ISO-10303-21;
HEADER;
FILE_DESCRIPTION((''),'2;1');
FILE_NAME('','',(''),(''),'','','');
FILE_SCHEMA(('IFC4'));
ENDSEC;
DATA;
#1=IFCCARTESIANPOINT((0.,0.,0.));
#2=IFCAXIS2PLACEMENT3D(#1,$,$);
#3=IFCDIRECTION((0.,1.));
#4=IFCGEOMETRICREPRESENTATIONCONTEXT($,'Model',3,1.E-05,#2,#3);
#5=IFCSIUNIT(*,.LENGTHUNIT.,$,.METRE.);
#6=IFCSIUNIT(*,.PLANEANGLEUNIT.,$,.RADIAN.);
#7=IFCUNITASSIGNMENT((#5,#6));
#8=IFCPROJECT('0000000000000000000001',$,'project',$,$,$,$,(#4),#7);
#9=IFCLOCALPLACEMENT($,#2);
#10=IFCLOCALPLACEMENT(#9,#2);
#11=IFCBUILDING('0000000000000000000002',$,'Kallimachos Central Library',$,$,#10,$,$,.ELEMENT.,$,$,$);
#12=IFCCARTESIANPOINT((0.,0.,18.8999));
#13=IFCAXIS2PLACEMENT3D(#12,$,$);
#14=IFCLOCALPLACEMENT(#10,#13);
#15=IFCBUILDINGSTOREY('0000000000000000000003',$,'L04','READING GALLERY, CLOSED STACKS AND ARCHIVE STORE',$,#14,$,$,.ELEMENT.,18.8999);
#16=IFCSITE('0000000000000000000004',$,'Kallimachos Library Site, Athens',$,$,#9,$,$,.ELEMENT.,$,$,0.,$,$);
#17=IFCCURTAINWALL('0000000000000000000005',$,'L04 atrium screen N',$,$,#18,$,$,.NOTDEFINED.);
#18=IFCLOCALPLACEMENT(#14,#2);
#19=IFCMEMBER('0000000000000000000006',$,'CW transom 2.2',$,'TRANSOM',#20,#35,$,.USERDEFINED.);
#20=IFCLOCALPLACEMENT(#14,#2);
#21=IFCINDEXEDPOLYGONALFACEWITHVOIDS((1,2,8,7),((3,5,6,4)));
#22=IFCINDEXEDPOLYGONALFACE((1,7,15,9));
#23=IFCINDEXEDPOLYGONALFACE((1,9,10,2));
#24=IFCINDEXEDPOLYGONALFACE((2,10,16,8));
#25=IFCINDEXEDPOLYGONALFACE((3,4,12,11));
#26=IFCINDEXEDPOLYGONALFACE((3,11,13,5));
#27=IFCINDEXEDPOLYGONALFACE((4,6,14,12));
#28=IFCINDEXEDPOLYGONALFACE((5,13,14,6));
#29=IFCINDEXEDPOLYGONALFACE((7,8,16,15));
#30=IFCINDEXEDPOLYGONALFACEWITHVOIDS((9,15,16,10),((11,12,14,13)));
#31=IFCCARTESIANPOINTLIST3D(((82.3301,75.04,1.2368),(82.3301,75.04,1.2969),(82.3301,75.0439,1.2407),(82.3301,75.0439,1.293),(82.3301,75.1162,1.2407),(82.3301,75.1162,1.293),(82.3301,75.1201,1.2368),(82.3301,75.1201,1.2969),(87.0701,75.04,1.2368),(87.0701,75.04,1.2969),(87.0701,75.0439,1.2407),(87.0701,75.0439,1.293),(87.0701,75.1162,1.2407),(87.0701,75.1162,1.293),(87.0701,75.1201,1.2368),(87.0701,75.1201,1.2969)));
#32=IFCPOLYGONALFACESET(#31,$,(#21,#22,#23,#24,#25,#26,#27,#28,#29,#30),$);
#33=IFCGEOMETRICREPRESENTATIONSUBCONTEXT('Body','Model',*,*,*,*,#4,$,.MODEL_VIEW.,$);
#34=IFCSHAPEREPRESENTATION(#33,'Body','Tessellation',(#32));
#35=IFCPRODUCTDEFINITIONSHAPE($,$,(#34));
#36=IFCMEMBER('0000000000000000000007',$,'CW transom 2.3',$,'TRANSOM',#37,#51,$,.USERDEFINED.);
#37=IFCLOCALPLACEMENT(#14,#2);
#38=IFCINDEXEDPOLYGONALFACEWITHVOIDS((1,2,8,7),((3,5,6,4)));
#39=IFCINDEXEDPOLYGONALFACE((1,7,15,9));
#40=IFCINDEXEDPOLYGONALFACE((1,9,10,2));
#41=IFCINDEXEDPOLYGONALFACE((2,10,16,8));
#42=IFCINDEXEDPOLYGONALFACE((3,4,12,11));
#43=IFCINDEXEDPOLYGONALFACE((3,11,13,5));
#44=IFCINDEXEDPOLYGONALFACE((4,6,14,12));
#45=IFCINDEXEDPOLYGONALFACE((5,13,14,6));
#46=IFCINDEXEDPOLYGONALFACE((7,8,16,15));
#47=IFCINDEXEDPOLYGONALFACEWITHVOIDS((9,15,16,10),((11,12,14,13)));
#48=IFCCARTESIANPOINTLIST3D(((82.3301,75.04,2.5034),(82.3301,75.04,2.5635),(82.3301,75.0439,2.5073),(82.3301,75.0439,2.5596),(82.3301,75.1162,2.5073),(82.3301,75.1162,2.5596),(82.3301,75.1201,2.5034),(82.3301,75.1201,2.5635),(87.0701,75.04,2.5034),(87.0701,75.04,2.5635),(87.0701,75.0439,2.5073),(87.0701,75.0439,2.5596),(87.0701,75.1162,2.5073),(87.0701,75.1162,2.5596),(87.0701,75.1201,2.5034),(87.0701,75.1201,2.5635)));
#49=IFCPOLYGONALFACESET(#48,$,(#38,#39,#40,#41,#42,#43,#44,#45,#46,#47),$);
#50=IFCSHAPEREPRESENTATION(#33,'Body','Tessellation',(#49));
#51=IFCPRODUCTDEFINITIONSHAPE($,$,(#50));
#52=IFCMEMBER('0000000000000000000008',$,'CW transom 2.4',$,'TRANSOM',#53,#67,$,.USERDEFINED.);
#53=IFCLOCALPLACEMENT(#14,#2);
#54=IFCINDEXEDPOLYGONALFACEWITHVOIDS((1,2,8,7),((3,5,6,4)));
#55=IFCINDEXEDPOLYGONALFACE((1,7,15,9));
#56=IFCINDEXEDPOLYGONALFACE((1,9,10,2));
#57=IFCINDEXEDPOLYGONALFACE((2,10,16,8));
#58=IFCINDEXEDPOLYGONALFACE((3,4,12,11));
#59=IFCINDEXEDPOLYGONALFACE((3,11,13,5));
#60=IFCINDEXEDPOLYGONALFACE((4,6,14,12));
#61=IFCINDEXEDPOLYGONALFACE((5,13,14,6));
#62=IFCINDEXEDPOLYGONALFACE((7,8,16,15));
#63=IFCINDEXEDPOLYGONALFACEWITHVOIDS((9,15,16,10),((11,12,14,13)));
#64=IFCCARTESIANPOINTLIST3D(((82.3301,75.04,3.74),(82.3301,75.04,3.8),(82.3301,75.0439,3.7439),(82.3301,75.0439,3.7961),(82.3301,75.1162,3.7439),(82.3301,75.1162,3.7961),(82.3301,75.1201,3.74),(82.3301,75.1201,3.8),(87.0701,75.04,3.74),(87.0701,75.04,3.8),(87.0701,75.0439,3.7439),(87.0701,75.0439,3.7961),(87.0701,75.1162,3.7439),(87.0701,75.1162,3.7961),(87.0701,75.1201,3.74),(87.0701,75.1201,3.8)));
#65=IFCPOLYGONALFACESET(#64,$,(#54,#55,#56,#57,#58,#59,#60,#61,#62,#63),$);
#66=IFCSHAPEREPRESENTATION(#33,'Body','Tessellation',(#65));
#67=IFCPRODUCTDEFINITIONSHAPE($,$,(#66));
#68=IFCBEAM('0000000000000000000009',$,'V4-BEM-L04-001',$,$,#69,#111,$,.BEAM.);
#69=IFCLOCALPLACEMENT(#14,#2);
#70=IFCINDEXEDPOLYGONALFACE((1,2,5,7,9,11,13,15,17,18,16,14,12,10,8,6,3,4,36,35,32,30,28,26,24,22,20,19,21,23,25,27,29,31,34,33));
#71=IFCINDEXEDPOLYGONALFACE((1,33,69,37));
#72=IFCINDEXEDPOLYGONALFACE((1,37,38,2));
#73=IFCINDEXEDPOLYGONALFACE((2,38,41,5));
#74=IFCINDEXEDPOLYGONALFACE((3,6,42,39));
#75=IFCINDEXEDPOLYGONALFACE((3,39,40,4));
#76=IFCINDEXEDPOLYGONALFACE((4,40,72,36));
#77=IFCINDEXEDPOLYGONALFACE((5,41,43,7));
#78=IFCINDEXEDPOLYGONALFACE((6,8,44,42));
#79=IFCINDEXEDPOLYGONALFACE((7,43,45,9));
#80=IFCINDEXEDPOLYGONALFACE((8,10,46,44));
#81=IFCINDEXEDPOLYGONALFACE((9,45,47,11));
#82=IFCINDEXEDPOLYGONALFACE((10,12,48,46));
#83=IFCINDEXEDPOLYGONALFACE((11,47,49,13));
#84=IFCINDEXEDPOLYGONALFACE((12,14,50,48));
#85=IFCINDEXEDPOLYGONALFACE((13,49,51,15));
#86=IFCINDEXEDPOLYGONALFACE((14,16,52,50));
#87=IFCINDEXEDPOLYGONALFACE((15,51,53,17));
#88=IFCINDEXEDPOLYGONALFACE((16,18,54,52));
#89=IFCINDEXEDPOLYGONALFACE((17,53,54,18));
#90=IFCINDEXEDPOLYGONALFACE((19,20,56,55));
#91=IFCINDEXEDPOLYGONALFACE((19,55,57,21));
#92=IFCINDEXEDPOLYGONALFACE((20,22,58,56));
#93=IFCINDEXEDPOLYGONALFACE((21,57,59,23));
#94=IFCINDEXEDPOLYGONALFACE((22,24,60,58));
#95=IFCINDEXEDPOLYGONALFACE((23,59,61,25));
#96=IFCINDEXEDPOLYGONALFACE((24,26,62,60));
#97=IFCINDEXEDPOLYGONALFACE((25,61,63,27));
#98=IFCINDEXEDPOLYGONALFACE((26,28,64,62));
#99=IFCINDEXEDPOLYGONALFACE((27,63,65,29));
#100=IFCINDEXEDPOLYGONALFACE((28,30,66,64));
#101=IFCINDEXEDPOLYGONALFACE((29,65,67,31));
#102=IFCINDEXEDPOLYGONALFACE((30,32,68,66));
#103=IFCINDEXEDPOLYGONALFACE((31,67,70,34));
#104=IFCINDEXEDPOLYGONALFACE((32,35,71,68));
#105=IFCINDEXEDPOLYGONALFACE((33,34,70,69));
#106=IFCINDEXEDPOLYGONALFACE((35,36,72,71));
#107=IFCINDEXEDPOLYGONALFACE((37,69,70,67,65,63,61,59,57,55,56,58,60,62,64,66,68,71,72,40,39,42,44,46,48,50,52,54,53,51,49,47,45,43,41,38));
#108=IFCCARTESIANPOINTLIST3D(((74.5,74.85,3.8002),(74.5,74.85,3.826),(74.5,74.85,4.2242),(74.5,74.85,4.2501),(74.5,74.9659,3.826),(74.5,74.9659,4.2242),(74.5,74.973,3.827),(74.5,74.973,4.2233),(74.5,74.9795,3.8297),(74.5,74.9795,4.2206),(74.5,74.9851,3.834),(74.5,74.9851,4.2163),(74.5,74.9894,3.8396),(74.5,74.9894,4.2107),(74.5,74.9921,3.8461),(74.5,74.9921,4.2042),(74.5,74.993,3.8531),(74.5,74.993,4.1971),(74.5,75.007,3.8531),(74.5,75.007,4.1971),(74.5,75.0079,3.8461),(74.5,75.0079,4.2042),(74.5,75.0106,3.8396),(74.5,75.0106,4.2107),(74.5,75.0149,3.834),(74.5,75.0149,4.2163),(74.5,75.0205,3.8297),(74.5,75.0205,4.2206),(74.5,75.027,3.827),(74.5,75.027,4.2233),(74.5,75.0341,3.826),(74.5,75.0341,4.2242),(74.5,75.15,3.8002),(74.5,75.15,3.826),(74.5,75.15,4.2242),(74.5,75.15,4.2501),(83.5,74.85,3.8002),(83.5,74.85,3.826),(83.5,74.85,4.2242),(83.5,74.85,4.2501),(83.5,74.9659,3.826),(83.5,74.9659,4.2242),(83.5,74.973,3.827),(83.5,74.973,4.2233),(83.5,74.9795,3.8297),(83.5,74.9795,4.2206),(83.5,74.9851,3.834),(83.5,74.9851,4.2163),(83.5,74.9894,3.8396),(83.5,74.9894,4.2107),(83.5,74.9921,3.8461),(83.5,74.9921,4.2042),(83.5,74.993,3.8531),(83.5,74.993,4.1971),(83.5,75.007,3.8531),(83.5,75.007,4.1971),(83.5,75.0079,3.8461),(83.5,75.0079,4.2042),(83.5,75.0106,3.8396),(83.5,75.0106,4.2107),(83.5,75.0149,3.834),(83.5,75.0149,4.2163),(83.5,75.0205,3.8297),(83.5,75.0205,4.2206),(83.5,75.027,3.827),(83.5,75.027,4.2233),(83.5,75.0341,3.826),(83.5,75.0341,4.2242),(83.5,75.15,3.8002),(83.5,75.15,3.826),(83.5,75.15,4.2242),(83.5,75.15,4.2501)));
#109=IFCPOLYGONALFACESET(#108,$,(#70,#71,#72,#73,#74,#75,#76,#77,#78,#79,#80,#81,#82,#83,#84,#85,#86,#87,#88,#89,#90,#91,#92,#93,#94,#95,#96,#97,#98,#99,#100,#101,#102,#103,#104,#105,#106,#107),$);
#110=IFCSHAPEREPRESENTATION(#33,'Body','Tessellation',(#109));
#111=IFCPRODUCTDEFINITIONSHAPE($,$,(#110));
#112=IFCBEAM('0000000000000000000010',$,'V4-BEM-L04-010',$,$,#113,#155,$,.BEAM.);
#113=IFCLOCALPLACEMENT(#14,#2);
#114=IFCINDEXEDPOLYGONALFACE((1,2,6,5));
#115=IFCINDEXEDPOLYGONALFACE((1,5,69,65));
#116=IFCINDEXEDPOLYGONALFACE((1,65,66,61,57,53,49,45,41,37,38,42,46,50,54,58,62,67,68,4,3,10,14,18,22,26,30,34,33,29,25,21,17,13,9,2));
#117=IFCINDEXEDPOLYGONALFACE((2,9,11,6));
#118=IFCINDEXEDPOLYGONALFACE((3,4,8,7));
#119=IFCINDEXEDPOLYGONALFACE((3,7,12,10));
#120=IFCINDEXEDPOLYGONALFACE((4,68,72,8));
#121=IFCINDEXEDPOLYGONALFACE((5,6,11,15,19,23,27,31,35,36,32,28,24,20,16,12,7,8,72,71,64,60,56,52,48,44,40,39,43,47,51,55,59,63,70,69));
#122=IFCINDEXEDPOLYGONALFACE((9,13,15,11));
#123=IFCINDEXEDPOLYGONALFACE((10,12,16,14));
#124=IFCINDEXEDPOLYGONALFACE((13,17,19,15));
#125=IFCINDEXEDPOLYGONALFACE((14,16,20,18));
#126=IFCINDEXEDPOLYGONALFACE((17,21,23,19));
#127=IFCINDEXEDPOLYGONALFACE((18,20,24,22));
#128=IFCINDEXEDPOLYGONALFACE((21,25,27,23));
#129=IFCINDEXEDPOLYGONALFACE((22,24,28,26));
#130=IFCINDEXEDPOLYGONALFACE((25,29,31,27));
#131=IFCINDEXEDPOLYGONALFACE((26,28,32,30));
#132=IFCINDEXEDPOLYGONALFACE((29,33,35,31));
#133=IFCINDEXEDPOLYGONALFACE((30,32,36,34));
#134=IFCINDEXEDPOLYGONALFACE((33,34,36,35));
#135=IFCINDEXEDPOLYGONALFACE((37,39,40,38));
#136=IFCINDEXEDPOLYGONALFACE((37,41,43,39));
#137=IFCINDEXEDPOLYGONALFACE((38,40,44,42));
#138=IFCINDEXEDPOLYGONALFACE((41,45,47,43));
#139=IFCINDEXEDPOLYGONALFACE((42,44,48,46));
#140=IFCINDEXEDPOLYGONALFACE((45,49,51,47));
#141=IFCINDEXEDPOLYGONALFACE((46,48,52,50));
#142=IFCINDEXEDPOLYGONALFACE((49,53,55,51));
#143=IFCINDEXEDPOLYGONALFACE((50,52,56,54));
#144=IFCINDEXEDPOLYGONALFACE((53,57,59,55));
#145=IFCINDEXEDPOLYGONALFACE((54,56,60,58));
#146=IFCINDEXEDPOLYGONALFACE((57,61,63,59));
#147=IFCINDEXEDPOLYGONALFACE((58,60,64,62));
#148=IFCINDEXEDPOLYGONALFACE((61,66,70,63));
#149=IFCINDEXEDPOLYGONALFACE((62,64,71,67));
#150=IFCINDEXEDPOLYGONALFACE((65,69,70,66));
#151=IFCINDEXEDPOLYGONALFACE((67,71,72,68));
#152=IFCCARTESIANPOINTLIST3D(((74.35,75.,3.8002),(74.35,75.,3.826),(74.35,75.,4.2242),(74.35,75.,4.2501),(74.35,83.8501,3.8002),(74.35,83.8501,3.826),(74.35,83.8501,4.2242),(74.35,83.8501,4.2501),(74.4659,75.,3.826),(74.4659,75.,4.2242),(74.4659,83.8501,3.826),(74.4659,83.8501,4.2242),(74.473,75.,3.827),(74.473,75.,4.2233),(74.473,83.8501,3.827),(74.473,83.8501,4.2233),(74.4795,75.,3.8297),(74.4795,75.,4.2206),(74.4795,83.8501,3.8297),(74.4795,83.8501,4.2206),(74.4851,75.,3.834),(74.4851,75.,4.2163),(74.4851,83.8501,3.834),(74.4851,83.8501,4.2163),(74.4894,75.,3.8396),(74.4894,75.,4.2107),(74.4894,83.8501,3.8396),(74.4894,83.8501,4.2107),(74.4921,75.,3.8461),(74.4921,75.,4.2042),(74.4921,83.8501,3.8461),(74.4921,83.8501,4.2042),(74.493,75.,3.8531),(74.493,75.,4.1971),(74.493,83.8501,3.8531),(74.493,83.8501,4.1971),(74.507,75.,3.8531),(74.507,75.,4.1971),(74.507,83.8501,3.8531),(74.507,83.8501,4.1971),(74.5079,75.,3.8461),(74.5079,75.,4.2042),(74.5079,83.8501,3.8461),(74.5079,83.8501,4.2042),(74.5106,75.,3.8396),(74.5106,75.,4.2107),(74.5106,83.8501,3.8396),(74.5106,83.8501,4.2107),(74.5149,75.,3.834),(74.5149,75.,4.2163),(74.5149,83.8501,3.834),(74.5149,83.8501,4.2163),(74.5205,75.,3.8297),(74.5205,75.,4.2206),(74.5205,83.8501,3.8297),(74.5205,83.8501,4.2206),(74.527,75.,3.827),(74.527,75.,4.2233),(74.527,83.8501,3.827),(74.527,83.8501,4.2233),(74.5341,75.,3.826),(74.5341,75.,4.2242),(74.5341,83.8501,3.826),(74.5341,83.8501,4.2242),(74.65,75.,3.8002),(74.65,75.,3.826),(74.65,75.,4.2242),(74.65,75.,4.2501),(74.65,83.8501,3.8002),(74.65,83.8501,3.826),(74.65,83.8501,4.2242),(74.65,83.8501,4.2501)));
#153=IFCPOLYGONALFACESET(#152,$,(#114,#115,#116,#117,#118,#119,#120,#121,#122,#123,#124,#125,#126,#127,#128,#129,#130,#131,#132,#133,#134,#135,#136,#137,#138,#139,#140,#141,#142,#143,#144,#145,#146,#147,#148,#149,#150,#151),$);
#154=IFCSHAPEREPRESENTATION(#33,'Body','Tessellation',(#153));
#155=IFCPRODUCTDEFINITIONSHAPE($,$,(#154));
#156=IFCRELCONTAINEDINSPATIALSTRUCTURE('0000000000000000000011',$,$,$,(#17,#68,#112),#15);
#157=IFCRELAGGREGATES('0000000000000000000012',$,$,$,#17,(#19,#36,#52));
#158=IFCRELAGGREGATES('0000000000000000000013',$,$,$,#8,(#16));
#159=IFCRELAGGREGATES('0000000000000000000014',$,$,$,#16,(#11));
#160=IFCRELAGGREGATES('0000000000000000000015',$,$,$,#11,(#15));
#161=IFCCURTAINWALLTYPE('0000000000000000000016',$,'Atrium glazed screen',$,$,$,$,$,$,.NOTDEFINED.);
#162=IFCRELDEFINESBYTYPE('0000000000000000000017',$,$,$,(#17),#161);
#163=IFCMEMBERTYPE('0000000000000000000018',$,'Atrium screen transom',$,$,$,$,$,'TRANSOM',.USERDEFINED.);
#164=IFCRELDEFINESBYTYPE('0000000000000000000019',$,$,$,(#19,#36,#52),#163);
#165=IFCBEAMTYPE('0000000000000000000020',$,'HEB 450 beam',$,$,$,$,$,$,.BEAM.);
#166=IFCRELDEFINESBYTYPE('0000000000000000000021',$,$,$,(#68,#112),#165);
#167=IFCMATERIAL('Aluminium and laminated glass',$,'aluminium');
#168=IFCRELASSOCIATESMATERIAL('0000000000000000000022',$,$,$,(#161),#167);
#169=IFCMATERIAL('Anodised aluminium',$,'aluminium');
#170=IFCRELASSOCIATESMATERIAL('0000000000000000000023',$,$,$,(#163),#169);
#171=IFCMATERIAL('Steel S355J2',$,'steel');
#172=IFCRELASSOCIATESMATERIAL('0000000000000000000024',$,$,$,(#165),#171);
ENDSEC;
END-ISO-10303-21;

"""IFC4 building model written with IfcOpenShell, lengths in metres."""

from ifc_helpers import new_model, si_unit, direction, frame, origin, origin_2d, place, context, subcontext, project, spatial, hollow_rectangle, i_section, extrude, material, material_profile, profile_set, type_object, element, aggregate, save


model = new_model("IFC4")

# Units and contexts
model_context = context("Model", 3, precision=1e-05, world=origin(), true_north=direction((0.0, 1.0)))
body_context = subcontext(model_context, "Body", "Model", "MODEL_VIEW")
ifc_project = project(units=[si_unit("LENGTHUNIT", "METRE"), si_unit("PLANEANGLEUNIT", "RADIAN")], contexts=[model_context])

# Site, building, storey
site_placement = place(None, origin())
site = spatial("IfcSite", under=ifc_project, at=site_placement, Name="Kallimachos Library Site, Athens", CompositionType="ELEMENT", RefElevation=0.0)
building_placement = place(site_placement, origin())
building = spatial("IfcBuilding", under=site, at=building_placement, Name="Kallimachos Central Library", CompositionType="ELEMENT")
storey_placement = place(building_placement, frame((0.0, 0.0, 18.8999)))
storey = spatial("IfcBuildingStorey", under=building, at=storey_placement, Name="L04", Description="READING GALLERY, CLOSED STACKS AND ARCHIVE STORE", CompositionType="ELEMENT", Elevation=18.8999)

# Curtain wall
ifc_material_1 = material(Name="Aluminium and laminated glass", Category="aluminium")
curtain_wall_type = type_object("IfcCurtainWallType", Name="Atrium glazed screen", PredefinedType="NOTDEFINED", material=ifc_material_1)
curtain_wall_1_placement = place(storey_placement, origin())
curtain_wall_1 = element("IfcCurtainWall", 1, at=curtain_wall_1_placement, inside=storey, type_object=curtain_wall_type, Name="L04 atrium screen N", PredefinedType="NOTDEFINED")

# Members
ifc_material_2 = material(Name="Anodised aluminium", Category="aluminium")
ifc_material_profile_1 = material_profile(ifc_material_2, hollow_rectangle(XDim=0.0601, YDim=0.0801, WallThickness=0.0039, at=origin_2d()), Name="ALU TRANSOM 60x80")
ifc_profile_set_1 = profile_set([ifc_material_profile_1], Name="Anodised aluminium")
member_type_1 = type_object("IfcMemberType", Name="Atrium screen transom", ElementType="TRANSOM", PredefinedType="USERDEFINED", material=ifc_profile_set_1)
member_1_placement = place(storey_placement, frame((82.3301, 75.0801, 1.2668), z_axis=(1.0, 0.0, 0.0), x_axis=(0.0, 0.0, 1.0)))
member_1 = element("IfcMember", 2, at=member_1_placement, type_object=member_type_1, Name="CW transom 2.2", ObjectType="TRANSOM", PredefinedType="USERDEFINED", context=body_context, shape_type="SweptSolid", body=[
    extrude(hollow_rectangle(XDim=0.0601, YDim=0.0801, WallThickness=0.0039, at=origin_2d()), origin(), (0.0, 0.0, 1.0), 4.74),
])
member_2_placement = place(storey_placement, frame((82.3301, 75.0801, 2.5334), z_axis=(1.0, 0.0, 0.0), x_axis=(0.0, 0.0, 1.0)))
member_2 = element("IfcMember", 3, at=member_2_placement, type_object=member_type_1, Name="CW transom 2.3", ObjectType="TRANSOM", PredefinedType="USERDEFINED", context=body_context, shape_type="SweptSolid", body=[
    extrude(hollow_rectangle(XDim=0.0601, YDim=0.0801, WallThickness=0.0039, at=origin_2d()), origin(), (0.0, 0.0, 1.0), 4.74),
])
member_3_placement = place(storey_placement, frame((82.3301, 75.0801, 3.77), z_axis=(1.0, 0.0, 0.0), x_axis=(0.0, 0.0, 1.0)))
member_3 = element("IfcMember", 4, at=member_3_placement, type_object=member_type_1, Name="CW transom 2.4", ObjectType="TRANSOM", PredefinedType="USERDEFINED", context=body_context, shape_type="SweptSolid", body=[
    extrude(hollow_rectangle(XDim=0.0601, YDim=0.0801, WallThickness=0.0039, at=origin_2d()), origin(), (0.0, 0.0, 1.0), 4.74),
])

# Beams
ifc_material_3 = material(Name="Steel S355J2", Category="steel")
ifc_material_profile_2 = material_profile(ifc_material_3, i_section(OverallWidth=0.3, OverallDepth=0.45, WebThickness=0.0139, FlangeThickness=0.0259, FilletRadius=0.0271, at=origin_2d()), Name="HEB 450")
ifc_profile_set_2 = profile_set([ifc_material_profile_2], Name="Steel S355J2")
beam_type_1 = type_object("IfcBeamType", Name="HEB 450 beam", PredefinedType="BEAM", material=ifc_profile_set_2)
beam_1_placement = place(storey_placement, frame((74.5, 75.0, 4.0251), z_axis=(1.0, 0.0, 0.0), x_axis=(0.0, 1.0, 0.0)))
element("IfcBeam", 5, at=beam_1_placement, inside=storey, type_object=beam_type_1, Name="V4-BEM-L04-001", PredefinedType="BEAM", context=body_context, shape_type="SweptSolid", body=[
    extrude(i_section(OverallWidth=0.3, OverallDepth=0.45, WebThickness=0.0139, FlangeThickness=0.0259, FilletRadius=0.0271, at=origin_2d()), origin(), (0.0, 0.0, 1.0), 9.0),
])
beam_2_placement = place(storey_placement, frame((74.5, 75.0, 4.0251), z_axis=(0.0, 1.0, 0.0), x_axis=(-1.0, 0.0, 0.0)))
element("IfcBeam", 6, at=beam_2_placement, inside=storey, type_object=beam_type_1, Name="V4-BEM-L04-010", PredefinedType="BEAM", context=body_context, shape_type="SweptSolid", body=[
    extrude(i_section(OverallWidth=0.3, OverallDepth=0.45, WebThickness=0.0139, FlangeThickness=0.0259, FilletRadius=0.0271, at=origin_2d()), origin(), (0.0, 0.0, 1.0), 8.8501),
])

aggregate(curtain_wall_1, [member_1, member_2, member_3])

save(model, "model.ifc")
